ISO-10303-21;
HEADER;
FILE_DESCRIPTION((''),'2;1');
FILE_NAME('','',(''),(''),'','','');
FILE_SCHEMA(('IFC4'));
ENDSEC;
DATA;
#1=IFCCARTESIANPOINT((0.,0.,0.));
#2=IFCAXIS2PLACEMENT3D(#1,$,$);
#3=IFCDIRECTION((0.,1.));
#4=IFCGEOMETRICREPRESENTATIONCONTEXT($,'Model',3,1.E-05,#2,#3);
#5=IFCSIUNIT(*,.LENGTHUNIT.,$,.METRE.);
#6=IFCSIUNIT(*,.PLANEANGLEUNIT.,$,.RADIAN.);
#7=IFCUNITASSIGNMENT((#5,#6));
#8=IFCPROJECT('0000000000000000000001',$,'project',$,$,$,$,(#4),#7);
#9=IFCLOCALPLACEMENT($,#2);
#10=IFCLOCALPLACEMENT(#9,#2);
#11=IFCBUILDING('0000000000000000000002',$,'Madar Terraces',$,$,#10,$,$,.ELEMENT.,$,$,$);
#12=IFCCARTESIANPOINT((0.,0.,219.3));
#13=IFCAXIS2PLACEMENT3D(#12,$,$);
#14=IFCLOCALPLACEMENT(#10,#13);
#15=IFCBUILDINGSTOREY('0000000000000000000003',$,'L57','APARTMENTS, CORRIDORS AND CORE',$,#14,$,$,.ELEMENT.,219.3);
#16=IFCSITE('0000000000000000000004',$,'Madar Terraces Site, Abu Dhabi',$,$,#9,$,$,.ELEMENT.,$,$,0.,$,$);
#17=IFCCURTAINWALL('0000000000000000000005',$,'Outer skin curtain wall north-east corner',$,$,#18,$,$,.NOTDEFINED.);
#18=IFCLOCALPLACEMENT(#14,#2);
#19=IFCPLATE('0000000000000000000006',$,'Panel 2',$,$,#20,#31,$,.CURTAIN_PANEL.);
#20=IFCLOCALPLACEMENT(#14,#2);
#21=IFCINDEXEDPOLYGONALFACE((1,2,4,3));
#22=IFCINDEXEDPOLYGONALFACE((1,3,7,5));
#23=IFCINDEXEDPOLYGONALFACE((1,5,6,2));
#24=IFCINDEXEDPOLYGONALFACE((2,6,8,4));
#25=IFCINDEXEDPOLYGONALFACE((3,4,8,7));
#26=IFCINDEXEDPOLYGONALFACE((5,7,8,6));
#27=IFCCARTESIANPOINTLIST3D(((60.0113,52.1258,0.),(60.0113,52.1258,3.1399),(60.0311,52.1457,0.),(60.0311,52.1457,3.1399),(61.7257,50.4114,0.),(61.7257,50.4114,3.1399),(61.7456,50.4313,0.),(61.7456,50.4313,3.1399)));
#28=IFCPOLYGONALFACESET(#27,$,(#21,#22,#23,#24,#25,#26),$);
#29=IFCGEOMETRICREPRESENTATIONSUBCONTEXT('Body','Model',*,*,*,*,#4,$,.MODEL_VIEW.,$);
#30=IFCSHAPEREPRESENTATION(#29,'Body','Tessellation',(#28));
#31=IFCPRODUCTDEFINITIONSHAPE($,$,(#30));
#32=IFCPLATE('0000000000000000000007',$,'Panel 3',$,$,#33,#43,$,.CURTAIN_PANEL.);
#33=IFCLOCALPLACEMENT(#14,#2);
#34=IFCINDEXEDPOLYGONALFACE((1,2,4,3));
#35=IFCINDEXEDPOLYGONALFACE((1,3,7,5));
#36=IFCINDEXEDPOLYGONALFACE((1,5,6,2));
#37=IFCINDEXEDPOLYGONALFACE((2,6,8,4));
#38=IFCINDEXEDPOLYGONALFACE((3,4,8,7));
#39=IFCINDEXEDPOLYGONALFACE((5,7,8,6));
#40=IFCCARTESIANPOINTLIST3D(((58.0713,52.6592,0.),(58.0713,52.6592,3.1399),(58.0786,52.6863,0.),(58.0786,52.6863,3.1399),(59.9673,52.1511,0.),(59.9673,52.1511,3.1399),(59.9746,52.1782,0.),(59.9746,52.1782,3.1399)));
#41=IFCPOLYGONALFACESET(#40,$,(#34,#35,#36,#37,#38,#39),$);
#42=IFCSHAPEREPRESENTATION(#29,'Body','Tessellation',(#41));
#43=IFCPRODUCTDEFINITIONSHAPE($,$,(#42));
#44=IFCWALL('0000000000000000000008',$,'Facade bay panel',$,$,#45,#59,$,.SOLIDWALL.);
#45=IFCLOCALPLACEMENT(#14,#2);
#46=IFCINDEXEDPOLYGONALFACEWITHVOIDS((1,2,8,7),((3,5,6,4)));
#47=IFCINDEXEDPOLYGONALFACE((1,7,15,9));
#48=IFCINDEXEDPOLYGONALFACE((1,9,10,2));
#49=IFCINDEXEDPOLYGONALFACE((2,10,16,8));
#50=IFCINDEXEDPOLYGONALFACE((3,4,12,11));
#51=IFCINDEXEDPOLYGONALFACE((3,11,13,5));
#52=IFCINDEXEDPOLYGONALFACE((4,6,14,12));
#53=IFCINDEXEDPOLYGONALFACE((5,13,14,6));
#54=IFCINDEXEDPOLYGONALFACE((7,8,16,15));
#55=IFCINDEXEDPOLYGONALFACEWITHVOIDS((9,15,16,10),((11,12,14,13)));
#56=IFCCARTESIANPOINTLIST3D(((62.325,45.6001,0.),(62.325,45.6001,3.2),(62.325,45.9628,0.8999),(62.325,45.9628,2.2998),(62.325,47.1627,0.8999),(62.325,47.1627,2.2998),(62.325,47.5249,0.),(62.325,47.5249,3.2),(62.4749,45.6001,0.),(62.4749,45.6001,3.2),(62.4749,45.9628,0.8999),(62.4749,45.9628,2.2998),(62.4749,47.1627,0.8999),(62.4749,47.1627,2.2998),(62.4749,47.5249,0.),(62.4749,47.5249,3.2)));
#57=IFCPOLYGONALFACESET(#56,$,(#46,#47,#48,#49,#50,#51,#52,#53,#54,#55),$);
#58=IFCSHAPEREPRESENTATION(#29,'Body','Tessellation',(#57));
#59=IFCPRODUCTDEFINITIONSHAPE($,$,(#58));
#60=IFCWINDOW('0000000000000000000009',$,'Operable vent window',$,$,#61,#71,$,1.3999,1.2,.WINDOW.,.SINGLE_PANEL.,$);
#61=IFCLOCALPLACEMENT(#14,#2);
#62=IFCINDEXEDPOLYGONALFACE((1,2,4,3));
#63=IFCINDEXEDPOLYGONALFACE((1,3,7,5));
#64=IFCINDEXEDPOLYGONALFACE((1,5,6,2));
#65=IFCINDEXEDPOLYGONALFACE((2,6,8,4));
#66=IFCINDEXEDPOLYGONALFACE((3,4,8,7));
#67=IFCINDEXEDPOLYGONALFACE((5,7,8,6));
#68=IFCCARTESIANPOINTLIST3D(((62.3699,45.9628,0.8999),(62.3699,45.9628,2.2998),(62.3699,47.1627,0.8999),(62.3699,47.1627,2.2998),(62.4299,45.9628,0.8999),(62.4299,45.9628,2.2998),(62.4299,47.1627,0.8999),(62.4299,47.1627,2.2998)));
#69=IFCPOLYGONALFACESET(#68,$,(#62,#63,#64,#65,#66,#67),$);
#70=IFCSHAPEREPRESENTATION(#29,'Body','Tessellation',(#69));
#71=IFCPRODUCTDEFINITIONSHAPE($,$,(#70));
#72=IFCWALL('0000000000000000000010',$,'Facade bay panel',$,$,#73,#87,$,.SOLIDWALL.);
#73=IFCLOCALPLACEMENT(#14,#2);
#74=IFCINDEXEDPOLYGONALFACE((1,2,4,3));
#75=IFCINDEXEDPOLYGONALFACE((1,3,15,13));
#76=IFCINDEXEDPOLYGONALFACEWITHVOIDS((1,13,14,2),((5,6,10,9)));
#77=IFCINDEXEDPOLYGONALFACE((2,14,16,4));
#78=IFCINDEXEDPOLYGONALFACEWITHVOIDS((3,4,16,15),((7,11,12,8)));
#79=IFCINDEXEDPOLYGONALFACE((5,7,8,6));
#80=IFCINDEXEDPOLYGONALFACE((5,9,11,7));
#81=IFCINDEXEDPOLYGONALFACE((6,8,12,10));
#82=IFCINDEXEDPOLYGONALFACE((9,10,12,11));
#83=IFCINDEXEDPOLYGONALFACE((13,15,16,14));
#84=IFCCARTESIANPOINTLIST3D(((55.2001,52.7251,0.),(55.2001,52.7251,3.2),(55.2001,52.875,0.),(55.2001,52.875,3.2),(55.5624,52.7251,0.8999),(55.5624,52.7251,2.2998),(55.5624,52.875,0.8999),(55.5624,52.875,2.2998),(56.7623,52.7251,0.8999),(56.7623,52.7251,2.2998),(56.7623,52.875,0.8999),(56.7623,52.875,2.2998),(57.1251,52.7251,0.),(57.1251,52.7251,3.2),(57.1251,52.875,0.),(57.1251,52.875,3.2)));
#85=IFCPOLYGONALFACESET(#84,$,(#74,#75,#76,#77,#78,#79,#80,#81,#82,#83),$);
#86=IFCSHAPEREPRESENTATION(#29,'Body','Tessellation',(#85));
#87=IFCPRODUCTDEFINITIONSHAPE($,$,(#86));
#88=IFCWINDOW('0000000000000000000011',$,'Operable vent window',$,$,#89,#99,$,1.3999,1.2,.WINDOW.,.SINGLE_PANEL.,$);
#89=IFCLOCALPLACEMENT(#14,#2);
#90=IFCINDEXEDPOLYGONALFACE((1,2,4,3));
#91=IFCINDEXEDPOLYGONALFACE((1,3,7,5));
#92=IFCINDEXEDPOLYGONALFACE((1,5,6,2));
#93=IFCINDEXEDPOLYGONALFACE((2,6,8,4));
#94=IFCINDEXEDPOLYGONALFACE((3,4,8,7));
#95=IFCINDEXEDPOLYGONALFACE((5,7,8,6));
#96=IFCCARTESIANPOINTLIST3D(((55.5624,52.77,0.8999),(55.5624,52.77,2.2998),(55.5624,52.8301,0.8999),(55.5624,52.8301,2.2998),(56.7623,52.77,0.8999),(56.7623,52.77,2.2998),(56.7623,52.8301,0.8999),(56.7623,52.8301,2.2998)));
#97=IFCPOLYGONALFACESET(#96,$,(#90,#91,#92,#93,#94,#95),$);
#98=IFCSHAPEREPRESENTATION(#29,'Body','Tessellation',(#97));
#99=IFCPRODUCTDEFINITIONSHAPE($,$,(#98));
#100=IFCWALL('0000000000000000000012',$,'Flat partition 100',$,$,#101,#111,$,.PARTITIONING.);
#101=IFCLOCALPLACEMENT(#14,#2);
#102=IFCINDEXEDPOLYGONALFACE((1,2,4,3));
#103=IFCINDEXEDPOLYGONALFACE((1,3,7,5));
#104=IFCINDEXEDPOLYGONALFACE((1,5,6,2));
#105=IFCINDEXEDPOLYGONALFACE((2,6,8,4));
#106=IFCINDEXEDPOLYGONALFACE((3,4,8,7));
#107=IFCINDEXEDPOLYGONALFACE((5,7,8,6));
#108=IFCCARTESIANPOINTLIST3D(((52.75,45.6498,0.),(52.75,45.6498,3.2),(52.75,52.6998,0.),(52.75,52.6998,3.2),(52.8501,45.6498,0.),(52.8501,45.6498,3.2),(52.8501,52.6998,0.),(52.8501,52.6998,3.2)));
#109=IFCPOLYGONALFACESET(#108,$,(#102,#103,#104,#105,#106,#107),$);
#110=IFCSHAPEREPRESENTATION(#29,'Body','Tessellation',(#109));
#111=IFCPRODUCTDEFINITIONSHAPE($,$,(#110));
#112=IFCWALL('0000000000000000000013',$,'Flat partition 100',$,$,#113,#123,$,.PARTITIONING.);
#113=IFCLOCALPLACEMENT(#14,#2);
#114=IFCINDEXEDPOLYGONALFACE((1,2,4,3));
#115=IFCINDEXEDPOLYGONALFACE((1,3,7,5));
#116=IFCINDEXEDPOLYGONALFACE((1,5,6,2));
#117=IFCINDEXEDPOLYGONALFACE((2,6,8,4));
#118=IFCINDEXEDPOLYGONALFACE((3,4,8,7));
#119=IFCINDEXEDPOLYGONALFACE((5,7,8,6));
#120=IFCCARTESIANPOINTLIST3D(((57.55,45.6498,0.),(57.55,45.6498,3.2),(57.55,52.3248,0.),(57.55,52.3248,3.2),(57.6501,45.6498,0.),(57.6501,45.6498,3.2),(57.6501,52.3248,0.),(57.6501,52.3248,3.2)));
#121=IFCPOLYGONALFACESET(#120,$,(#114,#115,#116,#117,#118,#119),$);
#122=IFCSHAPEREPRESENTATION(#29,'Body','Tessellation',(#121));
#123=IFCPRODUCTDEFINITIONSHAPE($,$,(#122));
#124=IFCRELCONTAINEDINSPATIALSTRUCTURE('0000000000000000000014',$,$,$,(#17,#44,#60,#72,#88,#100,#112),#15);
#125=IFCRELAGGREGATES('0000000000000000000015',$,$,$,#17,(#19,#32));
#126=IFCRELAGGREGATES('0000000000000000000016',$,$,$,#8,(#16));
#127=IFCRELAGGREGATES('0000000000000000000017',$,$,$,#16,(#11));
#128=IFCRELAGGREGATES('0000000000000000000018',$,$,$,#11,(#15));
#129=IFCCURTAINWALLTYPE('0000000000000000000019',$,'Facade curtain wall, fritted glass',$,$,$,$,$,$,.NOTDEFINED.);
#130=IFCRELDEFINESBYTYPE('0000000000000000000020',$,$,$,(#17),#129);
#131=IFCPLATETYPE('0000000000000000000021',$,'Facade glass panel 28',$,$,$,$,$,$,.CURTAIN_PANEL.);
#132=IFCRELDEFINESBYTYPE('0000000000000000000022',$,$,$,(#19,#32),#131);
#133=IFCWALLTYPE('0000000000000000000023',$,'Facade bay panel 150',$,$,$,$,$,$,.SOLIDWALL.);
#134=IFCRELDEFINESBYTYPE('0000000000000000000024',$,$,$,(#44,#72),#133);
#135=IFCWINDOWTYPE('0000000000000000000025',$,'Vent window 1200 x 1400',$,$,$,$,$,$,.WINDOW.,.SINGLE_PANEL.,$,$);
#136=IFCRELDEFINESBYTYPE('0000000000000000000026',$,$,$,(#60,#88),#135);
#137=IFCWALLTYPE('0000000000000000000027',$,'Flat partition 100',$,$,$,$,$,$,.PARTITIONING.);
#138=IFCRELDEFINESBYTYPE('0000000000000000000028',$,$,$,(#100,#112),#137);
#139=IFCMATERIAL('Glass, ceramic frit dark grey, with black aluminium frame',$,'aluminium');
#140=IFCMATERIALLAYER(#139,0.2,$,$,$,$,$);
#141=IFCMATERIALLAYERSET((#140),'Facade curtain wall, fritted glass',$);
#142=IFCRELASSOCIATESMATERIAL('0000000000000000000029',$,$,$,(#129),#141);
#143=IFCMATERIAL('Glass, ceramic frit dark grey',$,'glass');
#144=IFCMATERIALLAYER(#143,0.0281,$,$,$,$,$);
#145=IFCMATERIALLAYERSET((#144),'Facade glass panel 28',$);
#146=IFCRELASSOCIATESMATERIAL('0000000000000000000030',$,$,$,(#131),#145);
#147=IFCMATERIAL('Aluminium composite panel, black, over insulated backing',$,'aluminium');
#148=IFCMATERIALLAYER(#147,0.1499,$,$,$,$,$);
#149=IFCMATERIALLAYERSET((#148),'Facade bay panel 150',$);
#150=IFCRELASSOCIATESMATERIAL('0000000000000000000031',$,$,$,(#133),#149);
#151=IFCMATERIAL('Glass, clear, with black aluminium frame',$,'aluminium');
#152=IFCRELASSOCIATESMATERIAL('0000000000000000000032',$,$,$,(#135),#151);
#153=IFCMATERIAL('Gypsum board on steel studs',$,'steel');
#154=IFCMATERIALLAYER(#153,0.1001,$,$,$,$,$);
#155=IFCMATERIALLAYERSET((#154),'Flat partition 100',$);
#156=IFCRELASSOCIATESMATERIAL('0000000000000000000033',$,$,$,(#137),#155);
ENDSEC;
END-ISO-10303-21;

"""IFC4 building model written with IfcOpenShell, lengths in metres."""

from ifc_helpers import new_model, si_unit, direction, frame, frame_2d, origin, origin_2d, place, context, subcontext, project, spatial, rectangle, extrude, material, layer, layer_set, type_object, element, fill, aggregate, save


model = new_model("IFC4")

# Units and contexts
model_context = context("Model", 3, precision=1e-05, world=origin(), true_north=direction((0.0, 1.0)))
body_context = subcontext(model_context, "Body", "Model", "MODEL_VIEW")
ifc_project = project(units=[si_unit("LENGTHUNIT", "METRE"), si_unit("PLANEANGLEUNIT", "RADIAN")], contexts=[model_context])

# Site, building, storey
site_placement = place(None, origin())
site = spatial("IfcSite", under=ifc_project, at=site_placement, Name="Madar Terraces Site, Abu Dhabi", CompositionType="ELEMENT", RefElevation=0.0)
building_placement = place(site_placement, origin())
building = spatial("IfcBuilding", under=site, at=building_placement, Name="Madar Terraces", CompositionType="ELEMENT")
storey_placement = place(building_placement, frame((0.0, 0.0, 219.3)))
storey = spatial("IfcBuildingStorey", under=building, at=storey_placement, Name="L57", Description="APARTMENTS, CORRIDORS AND CORE", CompositionType="ELEMENT", Elevation=219.3)

# Shared definitions
ifc_material_1 = material(Name="Glass, ceramic frit dark grey, with black aluminium frame", Category="aluminium")
ifc_layer_1 = layer(ifc_material_1, 0.2)
ifc_layer_set_1 = layer_set([ifc_layer_1], Name="Facade curtain wall, fritted glass")
curtain_wall_type = type_object("IfcCurtainWallType", Name="Facade curtain wall, fritted glass", PredefinedType="NOTDEFINED", material=ifc_layer_set_1)

# Curtain wall
curtain_wall_1_placement = place(storey_placement, origin())
curtain_wall_1 = element("IfcCurtainWall", 1, at=curtain_wall_1_placement, inside=storey, type_object=curtain_wall_type, Name="Outer skin curtain wall north-east corner", PredefinedType="NOTDEFINED")

# Plates
ifc_material_2 = material(Name="Glass, ceramic frit dark grey", Category="glass")
ifc_layer_2 = layer(ifc_material_2, 0.0281)
ifc_layer_set_2 = layer_set([ifc_layer_2], Name="Facade glass panel 28")
plate_type = type_object("IfcPlateType", Name="Facade glass panel 28", PredefinedType="CURTAIN_PANEL", material=ifc_layer_set_2)
plate_1_placement = place(storey_placement, frame((60.8784, 51.2786, 0.0), z_axis=(0.0, 0.0, 1.0), x_axis=(-0.707107, 0.707107, 0.0)))
plate_1 = element("IfcPlate", 2, at=plate_1_placement, type_object=plate_type, Name="Panel 2", PredefinedType="CURTAIN_PANEL", context=body_context, shape_type="SweptSolid", body=[
    extrude(rectangle(XDim=2.4246, YDim=0.0281, at=origin_2d()), origin(), (0.0, 0.0, 1.0), 3.1399),
])
plate_2_placement = place(storey_placement, frame((59.0229, 52.4187, 0.0), z_axis=(0.0, 0.0, 1.0), x_axis=(-0.965926, 0.258819, 0.0)))
plate_2 = element("IfcPlate", 3, at=plate_2_placement, type_object=plate_type, Name="Panel 3", PredefinedType="CURTAIN_PANEL", context=body_context, shape_type="SweptSolid", body=[
    extrude(rectangle(XDim=1.9629, YDim=0.0281, at=origin_2d()), origin(), (0.0, 0.0, 1.0), 3.1399),
])
aggregate(curtain_wall_1, [plate_1, plate_2])

# Walls, openings, windows
ifc_material_3 = material(Name="Aluminium composite panel, black, over insulated backing", Category="aluminium")
ifc_layer_3 = layer(ifc_material_3, 0.1499)
ifc_layer_set_3 = layer_set([ifc_layer_3], Name="Facade bay panel 150")
wall_type_1 = type_object("IfcWallType", Name="Facade bay panel 150", PredefinedType="SOLIDWALL", material=ifc_layer_set_3)
wall_1_placement = place(storey_placement, frame((62.3999, 45.6001, 0.0), z_axis=(0.0, 0.0, 1.0), x_axis=(0.0, 1.0, 0.0)))
wall_1 = element("IfcWall", 4, at=wall_1_placement, inside=storey, type_object=wall_type_1, Name="Facade bay panel", PredefinedType="SOLIDWALL", context=body_context, shape_type="SweptSolid", body=[
    extrude(rectangle(XDim=1.9248, YDim=0.1499, at=frame_2d((0.9624, 0.0))), origin(), (0.0, 0.0, 1.0), 3.2),
])
opening_1_placement = place(wall_1_placement, frame((0.3625, 0.0, 0.8999)))
opening_1 = element("IfcOpeningElement", 5, at=opening_1_placement, cuts=wall_1, PredefinedType="OPENING", context=body_context, shape_type="SweptSolid", body=[
    extrude(rectangle(XDim=1.2, YDim=1.3999, at=frame_2d((0.6001, 0.7))), frame((0.0, 0.085, 0.0), z_axis=(0.0, -1.0, 0.0), x_axis=(1.0, 0.0, 0.0)), (0.0, 0.0, 1.0), 0.1699),
])
ifc_material_4 = material(Name="Glass, clear, with black aluminium frame", Category="aluminium")
window_type = type_object("IfcWindowType", Name="Vent window 1200 x 1400", PartitioningType="SINGLE_PANEL", PredefinedType="WINDOW", material=ifc_material_4)
window_1_placement = place(opening_1_placement, origin())
window_1 = element("IfcWindow", 6, at=window_1_placement, inside=storey, type_object=window_type, Name="Operable vent window", OverallHeight=1.3999, OverallWidth=1.2, PartitioningType="SINGLE_PANEL", PredefinedType="WINDOW", context=body_context, shape_type="SweptSolid", body=[
    extrude(rectangle(XDim=1.2, YDim=1.3999, at=frame_2d((0.6001, 0.7))), frame((0.0, 0.03, 0.0), z_axis=(0.0, -1.0, 0.0), x_axis=(1.0, 0.0, 0.0)), (0.0, 0.0, 1.0), 0.0601),
])
fill(opening_1, window_1)
wall_2_placement = place(storey_placement, frame((57.125, 52.8, 0.0), z_axis=(0.0, 0.0, 1.0), x_axis=(-1.0, 0.0, 0.0)))
wall_2 = element("IfcWall", 7, at=wall_2_placement, inside=storey, type_object=wall_type_1, Name="Facade bay panel", PredefinedType="SOLIDWALL", context=body_context, shape_type="SweptSolid", body=[
    extrude(rectangle(XDim=1.925, YDim=0.1499, at=frame_2d((0.9624, 0.0))), origin(), (0.0, 0.0, 1.0), 3.2),
])
opening_2_placement = place(wall_2_placement, frame((0.3625, 0.0, 0.8999)))
opening_2 = element("IfcOpeningElement", 8, at=opening_2_placement, cuts=wall_2, PredefinedType="OPENING", context=body_context, shape_type="SweptSolid", body=[
    extrude(rectangle(XDim=1.2, YDim=1.3999, at=frame_2d((0.6001, 0.7))), frame((0.0, 0.085, 0.0), z_axis=(0.0, -1.0, 0.0), x_axis=(1.0, 0.0, 0.0)), (0.0, 0.0, 1.0), 0.1699),
])
window_2_placement = place(opening_2_placement, origin())
window_2 = element("IfcWindow", 9, at=window_2_placement, inside=storey, type_object=window_type, Name="Operable vent window", OverallHeight=1.3999, OverallWidth=1.2, PartitioningType="SINGLE_PANEL", PredefinedType="WINDOW", context=body_context, shape_type="SweptSolid", body=[
    extrude(rectangle(XDim=1.2, YDim=1.3999, at=frame_2d((0.6001, 0.7))), frame((0.0, 0.03, 0.0), z_axis=(0.0, -1.0, 0.0), x_axis=(1.0, 0.0, 0.0)), (0.0, 0.0, 1.0), 0.0601),
])
fill(opening_2, window_2)

# Walls
ifc_material_5 = material(Name="Gypsum board on steel studs", Category="steel")
ifc_layer_4 = layer(ifc_material_5, 0.1001)
ifc_layer_set_4 = layer_set([ifc_layer_4], Name="Flat partition 100")
wall_type_2 = type_object("IfcWallType", Name="Flat partition 100", PredefinedType="PARTITIONING", material=ifc_layer_set_4)
wall_3_placement = place(storey_placement, frame((52.8, 45.6499, 0.0), z_axis=(0.0, 0.0, 1.0), x_axis=(0.0, 1.0, 0.0)))
element("IfcWall", 10, at=wall_3_placement, inside=storey, type_object=wall_type_2, Name="Flat partition 100", PredefinedType="PARTITIONING", context=body_context, shape_type="SweptSolid", body=[
    extrude(rectangle(XDim=7.05, YDim=0.1001, at=frame_2d((3.5249, 0.0))), origin(), (0.0, 0.0, 1.0), 3.2),
])
wall_4_placement = place(storey_placement, frame((57.6001, 45.6499, 0.0), z_axis=(0.0, 0.0, 1.0), x_axis=(0.0, 1.0, 0.0)))
element("IfcWall", 11, at=wall_4_placement, inside=storey, type_object=wall_type_2, Name="Flat partition 100", PredefinedType="PARTITIONING", context=body_context, shape_type="SweptSolid", body=[
    extrude(rectangle(XDim=6.675, YDim=0.1001, at=frame_2d((3.3374, 0.0))), origin(), (0.0, 0.0, 1.0), 3.2),
])

save(model, "model.ifc")
